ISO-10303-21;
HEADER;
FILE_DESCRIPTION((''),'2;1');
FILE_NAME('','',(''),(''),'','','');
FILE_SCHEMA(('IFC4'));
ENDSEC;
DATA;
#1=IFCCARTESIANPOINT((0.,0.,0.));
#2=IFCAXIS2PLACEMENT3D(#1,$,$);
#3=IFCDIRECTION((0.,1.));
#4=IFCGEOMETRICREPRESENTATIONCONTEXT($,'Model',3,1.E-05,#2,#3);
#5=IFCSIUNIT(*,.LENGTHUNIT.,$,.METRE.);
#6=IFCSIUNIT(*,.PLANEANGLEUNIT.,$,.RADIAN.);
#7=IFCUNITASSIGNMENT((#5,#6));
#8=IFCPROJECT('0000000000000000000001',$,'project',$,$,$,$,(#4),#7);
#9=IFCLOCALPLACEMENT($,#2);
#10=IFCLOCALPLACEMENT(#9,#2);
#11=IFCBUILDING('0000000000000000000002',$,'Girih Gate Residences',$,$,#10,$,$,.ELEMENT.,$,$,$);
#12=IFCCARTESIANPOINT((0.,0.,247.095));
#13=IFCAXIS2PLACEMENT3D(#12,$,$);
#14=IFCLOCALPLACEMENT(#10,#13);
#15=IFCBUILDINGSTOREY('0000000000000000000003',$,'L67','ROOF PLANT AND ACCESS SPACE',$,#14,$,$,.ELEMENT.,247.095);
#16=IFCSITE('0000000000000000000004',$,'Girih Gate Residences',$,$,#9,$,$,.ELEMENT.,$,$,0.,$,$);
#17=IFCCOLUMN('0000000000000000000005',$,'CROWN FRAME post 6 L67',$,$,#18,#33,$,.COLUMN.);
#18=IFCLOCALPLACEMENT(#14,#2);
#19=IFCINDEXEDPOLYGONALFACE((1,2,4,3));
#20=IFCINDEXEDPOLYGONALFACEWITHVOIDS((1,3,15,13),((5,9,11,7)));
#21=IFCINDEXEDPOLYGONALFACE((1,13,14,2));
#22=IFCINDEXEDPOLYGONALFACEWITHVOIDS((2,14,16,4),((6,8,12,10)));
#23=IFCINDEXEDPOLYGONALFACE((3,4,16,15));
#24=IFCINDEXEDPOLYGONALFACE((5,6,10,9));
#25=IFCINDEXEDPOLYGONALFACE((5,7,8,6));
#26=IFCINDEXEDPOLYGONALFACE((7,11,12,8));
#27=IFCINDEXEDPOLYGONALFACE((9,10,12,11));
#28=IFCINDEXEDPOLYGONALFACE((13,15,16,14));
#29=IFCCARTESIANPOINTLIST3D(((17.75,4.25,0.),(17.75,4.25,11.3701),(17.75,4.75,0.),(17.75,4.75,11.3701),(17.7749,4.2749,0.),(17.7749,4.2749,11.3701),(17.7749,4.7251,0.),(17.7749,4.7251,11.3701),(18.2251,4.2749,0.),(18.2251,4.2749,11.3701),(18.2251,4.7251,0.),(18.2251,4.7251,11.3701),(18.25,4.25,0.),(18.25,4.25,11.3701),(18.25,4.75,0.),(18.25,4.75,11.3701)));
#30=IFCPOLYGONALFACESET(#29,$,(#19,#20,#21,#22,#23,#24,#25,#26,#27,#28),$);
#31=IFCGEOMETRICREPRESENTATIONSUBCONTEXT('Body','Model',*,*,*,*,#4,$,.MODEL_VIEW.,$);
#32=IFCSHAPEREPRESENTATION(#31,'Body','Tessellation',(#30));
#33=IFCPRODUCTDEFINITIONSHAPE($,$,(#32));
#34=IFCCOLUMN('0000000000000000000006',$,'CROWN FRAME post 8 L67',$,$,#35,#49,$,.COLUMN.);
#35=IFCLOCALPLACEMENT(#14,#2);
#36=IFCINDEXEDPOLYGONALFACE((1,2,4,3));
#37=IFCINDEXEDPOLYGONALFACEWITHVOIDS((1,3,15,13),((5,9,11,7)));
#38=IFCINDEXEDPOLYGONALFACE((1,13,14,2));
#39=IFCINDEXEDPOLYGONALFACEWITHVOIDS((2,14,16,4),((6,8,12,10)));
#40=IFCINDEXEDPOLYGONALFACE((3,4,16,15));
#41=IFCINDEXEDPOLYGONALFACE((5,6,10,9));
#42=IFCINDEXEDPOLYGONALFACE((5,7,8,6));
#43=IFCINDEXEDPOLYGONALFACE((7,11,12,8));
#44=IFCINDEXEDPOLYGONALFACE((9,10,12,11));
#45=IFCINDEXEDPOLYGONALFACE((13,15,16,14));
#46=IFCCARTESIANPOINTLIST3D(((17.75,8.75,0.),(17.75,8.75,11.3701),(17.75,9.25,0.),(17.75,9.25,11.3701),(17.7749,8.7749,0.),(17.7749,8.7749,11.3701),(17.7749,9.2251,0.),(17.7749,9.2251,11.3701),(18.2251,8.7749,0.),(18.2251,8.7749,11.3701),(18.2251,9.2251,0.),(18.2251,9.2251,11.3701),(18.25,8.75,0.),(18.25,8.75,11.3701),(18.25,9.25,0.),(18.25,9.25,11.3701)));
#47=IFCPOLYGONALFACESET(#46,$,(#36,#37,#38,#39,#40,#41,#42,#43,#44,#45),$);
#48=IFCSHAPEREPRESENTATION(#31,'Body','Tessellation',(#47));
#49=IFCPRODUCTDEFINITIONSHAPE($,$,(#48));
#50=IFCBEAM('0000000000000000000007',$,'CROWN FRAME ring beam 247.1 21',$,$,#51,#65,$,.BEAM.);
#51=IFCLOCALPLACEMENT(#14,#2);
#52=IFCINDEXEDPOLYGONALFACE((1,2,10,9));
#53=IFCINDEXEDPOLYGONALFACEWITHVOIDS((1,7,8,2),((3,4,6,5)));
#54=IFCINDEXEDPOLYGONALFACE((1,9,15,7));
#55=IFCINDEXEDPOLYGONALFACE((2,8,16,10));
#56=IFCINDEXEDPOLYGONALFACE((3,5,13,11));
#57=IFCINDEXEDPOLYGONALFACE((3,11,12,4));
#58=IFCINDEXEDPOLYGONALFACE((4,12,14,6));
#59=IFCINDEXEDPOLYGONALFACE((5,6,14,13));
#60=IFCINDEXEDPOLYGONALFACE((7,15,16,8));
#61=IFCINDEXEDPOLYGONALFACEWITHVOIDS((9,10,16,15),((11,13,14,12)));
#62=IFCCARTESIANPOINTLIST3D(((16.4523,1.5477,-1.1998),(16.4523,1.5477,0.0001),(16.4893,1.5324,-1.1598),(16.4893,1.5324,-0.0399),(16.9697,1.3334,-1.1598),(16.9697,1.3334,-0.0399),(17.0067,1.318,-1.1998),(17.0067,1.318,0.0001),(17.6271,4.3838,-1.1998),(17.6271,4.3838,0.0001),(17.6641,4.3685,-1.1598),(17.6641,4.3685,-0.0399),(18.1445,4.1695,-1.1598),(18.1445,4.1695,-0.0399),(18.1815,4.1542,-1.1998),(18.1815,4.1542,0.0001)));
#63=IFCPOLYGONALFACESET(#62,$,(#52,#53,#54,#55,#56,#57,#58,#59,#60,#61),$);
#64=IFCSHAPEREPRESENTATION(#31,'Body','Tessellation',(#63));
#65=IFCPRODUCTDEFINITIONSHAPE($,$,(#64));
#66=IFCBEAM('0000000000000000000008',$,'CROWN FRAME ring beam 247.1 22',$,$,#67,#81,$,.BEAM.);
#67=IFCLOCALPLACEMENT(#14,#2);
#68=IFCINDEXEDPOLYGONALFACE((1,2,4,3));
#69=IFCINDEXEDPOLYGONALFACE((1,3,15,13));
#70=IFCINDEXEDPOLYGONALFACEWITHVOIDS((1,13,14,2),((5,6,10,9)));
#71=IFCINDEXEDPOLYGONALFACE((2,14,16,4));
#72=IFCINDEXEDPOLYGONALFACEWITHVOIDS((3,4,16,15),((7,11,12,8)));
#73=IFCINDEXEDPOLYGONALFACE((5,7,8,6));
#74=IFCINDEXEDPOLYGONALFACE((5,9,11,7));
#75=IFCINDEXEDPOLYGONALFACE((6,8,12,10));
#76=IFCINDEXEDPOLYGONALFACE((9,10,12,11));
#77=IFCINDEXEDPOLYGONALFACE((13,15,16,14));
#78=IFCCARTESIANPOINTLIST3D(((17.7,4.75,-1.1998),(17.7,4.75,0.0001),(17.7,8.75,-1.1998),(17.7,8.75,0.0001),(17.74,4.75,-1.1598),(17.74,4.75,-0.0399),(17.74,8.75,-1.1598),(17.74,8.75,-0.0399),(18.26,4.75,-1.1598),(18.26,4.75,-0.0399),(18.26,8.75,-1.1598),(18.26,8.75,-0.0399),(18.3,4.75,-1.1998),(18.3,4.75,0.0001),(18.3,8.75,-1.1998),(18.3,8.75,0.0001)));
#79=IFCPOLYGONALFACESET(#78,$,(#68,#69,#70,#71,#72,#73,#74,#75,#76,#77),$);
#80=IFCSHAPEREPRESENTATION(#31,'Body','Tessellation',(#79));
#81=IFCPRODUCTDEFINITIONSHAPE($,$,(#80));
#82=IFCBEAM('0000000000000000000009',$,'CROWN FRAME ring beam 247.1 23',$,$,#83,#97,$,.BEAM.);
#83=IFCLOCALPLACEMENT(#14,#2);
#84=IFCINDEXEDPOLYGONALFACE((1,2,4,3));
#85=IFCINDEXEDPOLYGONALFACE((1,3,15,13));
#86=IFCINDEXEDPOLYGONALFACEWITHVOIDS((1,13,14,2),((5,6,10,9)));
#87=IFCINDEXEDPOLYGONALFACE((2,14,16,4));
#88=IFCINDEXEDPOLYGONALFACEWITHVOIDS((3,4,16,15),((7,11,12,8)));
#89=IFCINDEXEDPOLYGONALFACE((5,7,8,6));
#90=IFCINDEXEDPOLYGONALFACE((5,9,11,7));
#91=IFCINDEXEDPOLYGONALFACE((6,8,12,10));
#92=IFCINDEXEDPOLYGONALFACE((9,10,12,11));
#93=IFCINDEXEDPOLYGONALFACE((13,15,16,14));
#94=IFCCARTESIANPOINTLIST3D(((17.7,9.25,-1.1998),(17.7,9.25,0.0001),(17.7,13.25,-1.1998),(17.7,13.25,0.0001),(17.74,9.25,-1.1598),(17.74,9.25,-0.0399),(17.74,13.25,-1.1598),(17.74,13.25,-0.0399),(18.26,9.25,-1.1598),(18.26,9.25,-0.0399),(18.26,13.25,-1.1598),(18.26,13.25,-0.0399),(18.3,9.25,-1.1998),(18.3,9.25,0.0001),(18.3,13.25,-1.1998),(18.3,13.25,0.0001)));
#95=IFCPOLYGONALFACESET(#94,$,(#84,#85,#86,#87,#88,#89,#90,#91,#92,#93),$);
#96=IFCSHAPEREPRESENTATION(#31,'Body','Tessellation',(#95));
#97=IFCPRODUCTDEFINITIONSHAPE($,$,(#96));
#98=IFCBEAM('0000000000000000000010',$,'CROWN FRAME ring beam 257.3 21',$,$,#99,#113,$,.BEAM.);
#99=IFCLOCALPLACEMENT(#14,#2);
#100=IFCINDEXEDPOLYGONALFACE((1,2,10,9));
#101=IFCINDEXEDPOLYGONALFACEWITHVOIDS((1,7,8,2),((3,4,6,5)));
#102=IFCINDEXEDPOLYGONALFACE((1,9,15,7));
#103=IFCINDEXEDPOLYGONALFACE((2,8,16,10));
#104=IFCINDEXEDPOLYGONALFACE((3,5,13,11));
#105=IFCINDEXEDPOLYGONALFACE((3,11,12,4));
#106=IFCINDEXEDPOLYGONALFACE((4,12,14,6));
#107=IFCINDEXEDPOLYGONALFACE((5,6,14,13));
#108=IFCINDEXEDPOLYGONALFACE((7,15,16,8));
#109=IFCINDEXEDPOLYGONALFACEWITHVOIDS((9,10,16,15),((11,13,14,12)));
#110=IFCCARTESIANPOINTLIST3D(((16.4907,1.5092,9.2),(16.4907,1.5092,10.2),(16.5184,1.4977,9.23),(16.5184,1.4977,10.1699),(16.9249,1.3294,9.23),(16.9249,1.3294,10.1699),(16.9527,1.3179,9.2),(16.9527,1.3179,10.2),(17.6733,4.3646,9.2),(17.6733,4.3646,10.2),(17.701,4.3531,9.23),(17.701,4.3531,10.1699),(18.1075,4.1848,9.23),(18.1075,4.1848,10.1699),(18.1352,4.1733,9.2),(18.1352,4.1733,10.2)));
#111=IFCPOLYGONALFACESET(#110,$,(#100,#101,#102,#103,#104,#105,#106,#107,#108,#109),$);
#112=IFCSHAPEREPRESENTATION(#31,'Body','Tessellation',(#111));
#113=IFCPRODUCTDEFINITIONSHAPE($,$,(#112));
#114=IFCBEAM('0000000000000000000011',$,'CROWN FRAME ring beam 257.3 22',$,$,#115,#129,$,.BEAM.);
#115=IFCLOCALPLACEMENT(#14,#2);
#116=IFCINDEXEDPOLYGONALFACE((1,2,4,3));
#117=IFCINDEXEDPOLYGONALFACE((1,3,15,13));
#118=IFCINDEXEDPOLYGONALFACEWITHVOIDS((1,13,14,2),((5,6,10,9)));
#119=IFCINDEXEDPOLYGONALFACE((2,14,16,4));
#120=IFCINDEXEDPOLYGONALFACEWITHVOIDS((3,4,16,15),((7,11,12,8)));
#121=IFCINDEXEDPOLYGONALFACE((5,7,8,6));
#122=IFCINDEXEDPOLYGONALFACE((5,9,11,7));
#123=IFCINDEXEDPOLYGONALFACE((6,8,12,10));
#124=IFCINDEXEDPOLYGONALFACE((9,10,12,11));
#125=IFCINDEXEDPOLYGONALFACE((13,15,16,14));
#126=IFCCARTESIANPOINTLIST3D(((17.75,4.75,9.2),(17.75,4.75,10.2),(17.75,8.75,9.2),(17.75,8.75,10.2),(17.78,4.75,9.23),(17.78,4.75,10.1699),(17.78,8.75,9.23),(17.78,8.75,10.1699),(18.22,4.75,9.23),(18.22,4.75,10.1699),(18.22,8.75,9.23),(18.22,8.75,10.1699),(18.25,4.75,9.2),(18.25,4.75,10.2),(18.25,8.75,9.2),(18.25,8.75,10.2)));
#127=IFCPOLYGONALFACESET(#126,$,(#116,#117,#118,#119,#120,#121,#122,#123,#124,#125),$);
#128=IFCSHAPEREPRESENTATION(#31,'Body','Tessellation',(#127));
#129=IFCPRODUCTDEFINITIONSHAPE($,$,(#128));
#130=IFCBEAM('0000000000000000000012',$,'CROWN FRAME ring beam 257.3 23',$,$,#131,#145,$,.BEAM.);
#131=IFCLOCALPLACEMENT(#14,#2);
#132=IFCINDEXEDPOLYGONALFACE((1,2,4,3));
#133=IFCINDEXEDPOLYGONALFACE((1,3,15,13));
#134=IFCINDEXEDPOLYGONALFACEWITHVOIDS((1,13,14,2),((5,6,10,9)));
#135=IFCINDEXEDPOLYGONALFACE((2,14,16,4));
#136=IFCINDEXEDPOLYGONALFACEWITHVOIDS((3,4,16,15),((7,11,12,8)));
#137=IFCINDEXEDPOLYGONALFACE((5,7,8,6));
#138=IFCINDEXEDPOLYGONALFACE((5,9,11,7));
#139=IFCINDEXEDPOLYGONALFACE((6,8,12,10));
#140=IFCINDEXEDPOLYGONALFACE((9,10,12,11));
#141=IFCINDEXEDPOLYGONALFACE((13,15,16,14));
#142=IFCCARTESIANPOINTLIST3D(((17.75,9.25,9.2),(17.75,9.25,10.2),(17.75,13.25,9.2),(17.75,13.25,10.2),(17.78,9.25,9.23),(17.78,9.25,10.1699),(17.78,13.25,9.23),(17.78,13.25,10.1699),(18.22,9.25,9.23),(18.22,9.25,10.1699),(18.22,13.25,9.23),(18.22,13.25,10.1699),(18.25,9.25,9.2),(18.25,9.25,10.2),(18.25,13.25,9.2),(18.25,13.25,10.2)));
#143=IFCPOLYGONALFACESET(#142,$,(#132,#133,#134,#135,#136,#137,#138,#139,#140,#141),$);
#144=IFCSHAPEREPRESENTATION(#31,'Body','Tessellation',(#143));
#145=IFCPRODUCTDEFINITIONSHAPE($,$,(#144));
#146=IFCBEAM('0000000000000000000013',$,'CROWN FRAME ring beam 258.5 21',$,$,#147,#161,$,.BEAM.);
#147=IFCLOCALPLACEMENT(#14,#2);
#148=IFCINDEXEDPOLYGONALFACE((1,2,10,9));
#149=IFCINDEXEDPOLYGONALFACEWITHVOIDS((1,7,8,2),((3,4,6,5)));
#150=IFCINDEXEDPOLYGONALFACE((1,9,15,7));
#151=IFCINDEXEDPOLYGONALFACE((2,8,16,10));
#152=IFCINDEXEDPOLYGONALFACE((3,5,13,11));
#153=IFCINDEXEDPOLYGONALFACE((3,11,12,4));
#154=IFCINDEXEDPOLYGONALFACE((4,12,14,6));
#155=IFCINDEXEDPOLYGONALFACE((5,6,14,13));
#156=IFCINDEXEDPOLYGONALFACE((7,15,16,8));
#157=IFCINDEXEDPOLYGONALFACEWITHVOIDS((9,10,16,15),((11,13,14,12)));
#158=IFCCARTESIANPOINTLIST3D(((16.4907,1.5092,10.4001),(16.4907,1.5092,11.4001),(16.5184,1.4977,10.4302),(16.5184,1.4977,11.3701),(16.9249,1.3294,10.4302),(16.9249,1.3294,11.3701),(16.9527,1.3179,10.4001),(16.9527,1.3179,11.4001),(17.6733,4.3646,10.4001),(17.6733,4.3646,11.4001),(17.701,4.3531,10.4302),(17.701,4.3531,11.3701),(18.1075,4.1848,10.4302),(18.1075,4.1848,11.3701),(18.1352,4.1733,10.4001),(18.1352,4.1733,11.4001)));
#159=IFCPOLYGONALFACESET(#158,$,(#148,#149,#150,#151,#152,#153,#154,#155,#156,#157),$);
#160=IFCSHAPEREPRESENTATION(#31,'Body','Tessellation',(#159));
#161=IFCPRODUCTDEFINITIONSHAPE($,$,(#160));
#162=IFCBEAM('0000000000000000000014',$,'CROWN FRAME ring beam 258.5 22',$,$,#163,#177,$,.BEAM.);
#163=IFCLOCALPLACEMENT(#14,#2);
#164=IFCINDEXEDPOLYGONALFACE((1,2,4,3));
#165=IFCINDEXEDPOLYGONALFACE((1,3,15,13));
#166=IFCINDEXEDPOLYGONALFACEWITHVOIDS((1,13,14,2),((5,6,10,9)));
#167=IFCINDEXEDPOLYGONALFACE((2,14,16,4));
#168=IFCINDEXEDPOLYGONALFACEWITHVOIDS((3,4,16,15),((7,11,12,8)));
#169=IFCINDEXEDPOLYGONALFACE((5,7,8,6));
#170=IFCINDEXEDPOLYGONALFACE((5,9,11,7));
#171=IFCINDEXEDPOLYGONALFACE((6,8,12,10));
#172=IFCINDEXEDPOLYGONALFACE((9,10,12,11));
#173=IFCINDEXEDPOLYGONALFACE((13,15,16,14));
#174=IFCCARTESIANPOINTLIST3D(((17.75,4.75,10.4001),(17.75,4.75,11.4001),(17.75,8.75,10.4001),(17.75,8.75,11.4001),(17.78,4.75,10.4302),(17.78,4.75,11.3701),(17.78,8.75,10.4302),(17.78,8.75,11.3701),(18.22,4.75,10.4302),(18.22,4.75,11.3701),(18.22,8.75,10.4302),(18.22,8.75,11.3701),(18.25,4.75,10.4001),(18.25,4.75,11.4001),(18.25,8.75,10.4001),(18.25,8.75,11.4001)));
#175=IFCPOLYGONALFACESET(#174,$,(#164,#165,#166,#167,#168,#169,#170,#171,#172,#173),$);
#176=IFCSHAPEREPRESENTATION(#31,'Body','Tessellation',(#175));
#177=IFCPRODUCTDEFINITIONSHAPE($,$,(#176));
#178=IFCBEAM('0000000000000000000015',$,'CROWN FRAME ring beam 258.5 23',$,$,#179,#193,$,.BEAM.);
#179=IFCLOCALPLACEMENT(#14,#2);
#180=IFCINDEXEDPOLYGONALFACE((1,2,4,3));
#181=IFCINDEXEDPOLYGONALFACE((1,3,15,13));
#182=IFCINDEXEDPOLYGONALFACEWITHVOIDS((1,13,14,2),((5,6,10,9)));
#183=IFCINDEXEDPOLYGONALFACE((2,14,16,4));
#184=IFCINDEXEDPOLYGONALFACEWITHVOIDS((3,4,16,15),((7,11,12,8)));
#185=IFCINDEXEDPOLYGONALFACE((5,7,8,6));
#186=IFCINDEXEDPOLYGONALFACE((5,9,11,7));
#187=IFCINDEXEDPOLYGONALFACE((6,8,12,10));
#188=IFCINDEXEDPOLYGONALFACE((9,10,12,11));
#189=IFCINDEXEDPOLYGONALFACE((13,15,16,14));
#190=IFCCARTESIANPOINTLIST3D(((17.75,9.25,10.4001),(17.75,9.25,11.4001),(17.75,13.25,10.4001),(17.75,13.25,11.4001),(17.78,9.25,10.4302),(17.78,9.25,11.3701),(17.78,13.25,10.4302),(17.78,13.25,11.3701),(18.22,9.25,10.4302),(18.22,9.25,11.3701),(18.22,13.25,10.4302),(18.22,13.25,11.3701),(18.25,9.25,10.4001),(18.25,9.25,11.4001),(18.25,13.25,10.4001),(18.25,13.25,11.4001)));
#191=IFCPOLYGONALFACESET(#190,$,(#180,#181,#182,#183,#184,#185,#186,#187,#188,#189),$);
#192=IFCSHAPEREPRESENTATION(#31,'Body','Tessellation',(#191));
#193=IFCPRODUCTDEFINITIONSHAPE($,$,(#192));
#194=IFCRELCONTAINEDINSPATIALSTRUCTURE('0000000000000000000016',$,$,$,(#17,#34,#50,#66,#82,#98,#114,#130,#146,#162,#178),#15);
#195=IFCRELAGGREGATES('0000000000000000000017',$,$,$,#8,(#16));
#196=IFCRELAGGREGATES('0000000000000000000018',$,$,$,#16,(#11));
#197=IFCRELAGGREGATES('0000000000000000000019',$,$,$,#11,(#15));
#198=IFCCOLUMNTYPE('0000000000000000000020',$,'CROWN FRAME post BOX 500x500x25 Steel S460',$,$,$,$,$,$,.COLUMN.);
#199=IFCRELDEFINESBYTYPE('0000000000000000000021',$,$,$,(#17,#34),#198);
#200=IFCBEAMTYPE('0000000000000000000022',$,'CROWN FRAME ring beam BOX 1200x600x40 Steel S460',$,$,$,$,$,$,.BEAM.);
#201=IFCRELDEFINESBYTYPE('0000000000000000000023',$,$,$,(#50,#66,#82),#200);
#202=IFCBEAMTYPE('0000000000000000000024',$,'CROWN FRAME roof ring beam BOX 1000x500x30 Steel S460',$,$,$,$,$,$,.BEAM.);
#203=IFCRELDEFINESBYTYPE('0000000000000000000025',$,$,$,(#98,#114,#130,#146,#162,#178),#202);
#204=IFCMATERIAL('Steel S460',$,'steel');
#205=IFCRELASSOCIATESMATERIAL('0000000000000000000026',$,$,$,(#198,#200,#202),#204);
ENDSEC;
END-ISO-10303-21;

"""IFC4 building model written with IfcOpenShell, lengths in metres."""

from ifc_helpers import new_model, si_unit, direction, frame, origin, origin_2d, place, context, subcontext, project, spatial, hollow_rectangle, extrude, material, material_profile, profile_set, type_object, element, save


model = new_model("IFC4")

# Units and contexts
model_context = context("Model", 3, precision=1e-05, world=origin(), true_north=direction((0.0, 1.0)))
body_context = subcontext(model_context, "Body", "Model", "MODEL_VIEW")
ifc_project = project(units=[si_unit("LENGTHUNIT", "METRE"), si_unit("PLANEANGLEUNIT", "RADIAN")], contexts=[model_context])

# Site, building, storey
site_placement = place(None, origin())
site = spatial("IfcSite", under=ifc_project, at=site_placement, Name="Girih Gate Residences", CompositionType="ELEMENT", RefElevation=0.0)
building_placement = place(site_placement, origin())
building = spatial("IfcBuilding", under=site, at=building_placement, Name="Girih Gate Residences", CompositionType="ELEMENT")
storey_placement = place(building_placement, frame((0.0, 0.0, 247.095)))
storey = spatial("IfcBuildingStorey", under=building, at=storey_placement, Name="L67", Description="ROOF PLANT AND ACCESS SPACE", CompositionType="ELEMENT", Elevation=247.095)

# Columns
ifc_material_1 = material(Name="Steel S460", Category="steel")
ifc_material_profile_1 = material_profile(ifc_material_1, hollow_rectangle(XDim=0.5, YDim=0.5, WallThickness=0.0249, at=origin_2d()))
ifc_profile_set_1 = profile_set([ifc_material_profile_1], Name="Steel S460")
column_type = type_object("IfcColumnType", Name="CROWN FRAME post BOX 500x500x25 Steel S460", PredefinedType="COLUMN", material=ifc_profile_set_1)
for number, where, z_axis, x_axis, name in (
    (1, (18.0, 4.5, 0.0), (0.0, 0.0, 1.0), (1.0, 0.0, 0.0), "CROWN FRAME post 6 L67"),
    (2, (18.0, 9.0, 0.0), (0.0, 0.0, 1.0), (1.0, 0.0, 0.0), "CROWN FRAME post 8 L67"),
):
    element("IfcColumn", number, at=place(storey_placement, frame(where, z_axis=z_axis, x_axis=x_axis)), inside=storey, type_object=column_type, Name=name, PredefinedType="COLUMN", context=body_context, shape_type="SweptSolid", body=[
        extrude(hollow_rectangle(XDim=0.5, YDim=0.5, WallThickness=0.0249, at=origin_2d()), origin(), (0.0, 0.0, 1.0), 11.3701),
    ])

# Beams
ifc_material_profile_2 = material_profile(ifc_material_1, hollow_rectangle(XDim=0.6001, YDim=1.2, WallThickness=0.04, at=origin_2d()))
ifc_profile_set_2 = profile_set([ifc_material_profile_2], Name="Steel S460")
beam_type_1 = type_object("IfcBeamType", Name="CROWN FRAME ring beam BOX 1200x600x40 Steel S460", PredefinedType="BEAM", material=ifc_profile_set_2)
beam_1_placement = place(storey_placement, frame((16.7295, 1.4329, -0.5999), z_axis=(0.382689, 0.923877, 0.0), x_axis=(-0.923877, 0.382689, 0.0)))
element("IfcBeam", 3, at=beam_1_placement, inside=storey, type_object=beam_type_1, Name="CROWN FRAME ring beam 247.1 21", PredefinedType="BEAM", context=body_context, shape_type="SweptSolid", body=[
    extrude(hollow_rectangle(XDim=0.6001, YDim=1.2, WallThickness=0.04, at=origin_2d()), origin(), (0.0, 0.0, 1.0), 3.0698),
])
for number, where, z_axis, x_axis, name in (
    (4, (18.0, 4.75, -0.5999), (0.0, 1.0, 0.0), (-1.0, 0.0, 0.0), "CROWN FRAME ring beam 247.1 22"),
    (5, (18.0, 9.25, -0.5999), (0.0, 1.0, 0.0), (-1.0, 0.0, 0.0), "CROWN FRAME ring beam 247.1 23"),
):
    element("IfcBeam", number, at=place(storey_placement, frame(where, z_axis=z_axis, x_axis=x_axis)), inside=storey, type_object=beam_type_1, Name=name, PredefinedType="BEAM", context=body_context, shape_type="SweptSolid", body=[
        extrude(hollow_rectangle(XDim=0.6001, YDim=1.2, WallThickness=0.04, at=origin_2d()), origin(), (0.0, 0.0, 1.0), 4.0),
    ])
ifc_material_profile_3 = material_profile(ifc_material_1, hollow_rectangle(XDim=0.5, YDim=1.0, WallThickness=0.03, at=origin_2d()))
ifc_profile_set_3 = profile_set([ifc_material_profile_3], Name="Steel S460")
beam_type_2 = type_object("IfcBeamType", Name="CROWN FRAME roof ring beam BOX 1000x500x30 Steel S460", PredefinedType="BEAM", material=ifc_profile_set_3)
beam_2_placement = place(storey_placement, frame((16.7217, 1.4136, 9.7), z_axis=(0.38264, 0.923897, 0.0), x_axis=(-0.923897, 0.38264, 0.0)))
element("IfcBeam", 6, at=beam_2_placement, inside=storey, type_object=beam_type_2, Name="CROWN FRAME ring beam 257.3 21", PredefinedType="BEAM", context=body_context, shape_type="SweptSolid", body=[
    extrude(hollow_rectangle(XDim=0.5, YDim=1.0, WallThickness=0.03, at=origin_2d()), origin(), (0.0, 0.0, 1.0), 3.0906),
])
for number, where, z_axis, x_axis, name in (
    (7, (18.0, 4.75, 9.7), (0.0, 1.0, 0.0), (-1.0, 0.0, 0.0), "CROWN FRAME ring beam 257.3 22"),
    (8, (18.0, 9.25, 9.7), (0.0, 1.0, 0.0), (-1.0, 0.0, 0.0), "CROWN FRAME ring beam 257.3 23"),
):
    element("IfcBeam", number, at=place(storey_placement, frame(where, z_axis=z_axis, x_axis=x_axis)), inside=storey, type_object=beam_type_2, Name=name, PredefinedType="BEAM", context=body_context, shape_type="SweptSolid", body=[
        extrude(hollow_rectangle(XDim=0.5, YDim=1.0, WallThickness=0.03, at=origin_2d()), origin(), (0.0, 0.0, 1.0), 4.0),
    ])
beam_3_placement = place(storey_placement, frame((16.7217, 1.4136, 10.9001), z_axis=(0.38264, 0.923897, 0.0), x_axis=(-0.923897, 0.38264, 0.0)))
element("IfcBeam", 9, at=beam_3_placement, inside=storey, type_object=beam_type_2, Name="CROWN FRAME ring beam 258.5 21", PredefinedType="BEAM", context=body_context, shape_type="SweptSolid", body=[
    extrude(hollow_rectangle(XDim=0.5, YDim=1.0, WallThickness=0.03, at=origin_2d()), origin(), (0.0, 0.0, 1.0), 3.0906),
])
for number, where, z_axis, x_axis, name in (
    (10, (18.0, 4.75, 10.9001), (0.0, 1.0, 0.0), (-1.0, 0.0, 0.0), "CROWN FRAME ring beam 258.5 22"),
    (11, (18.0, 9.25, 10.9001), (0.0, 1.0, 0.0), (-1.0, 0.0, 0.0), "CROWN FRAME ring beam 258.5 23"),
):
    element("IfcBeam", number, at=place(storey_placement, frame(where, z_axis=z_axis, x_axis=x_axis)), inside=storey, type_object=beam_type_2, Name=name, PredefinedType="BEAM", context=body_context, shape_type="SweptSolid", body=[
        extrude(hollow_rectangle(XDim=0.5, YDim=1.0, WallThickness=0.03, at=origin_2d()), origin(), (0.0, 0.0, 1.0), 4.0),
    ])

save(model, "model.ifc")
